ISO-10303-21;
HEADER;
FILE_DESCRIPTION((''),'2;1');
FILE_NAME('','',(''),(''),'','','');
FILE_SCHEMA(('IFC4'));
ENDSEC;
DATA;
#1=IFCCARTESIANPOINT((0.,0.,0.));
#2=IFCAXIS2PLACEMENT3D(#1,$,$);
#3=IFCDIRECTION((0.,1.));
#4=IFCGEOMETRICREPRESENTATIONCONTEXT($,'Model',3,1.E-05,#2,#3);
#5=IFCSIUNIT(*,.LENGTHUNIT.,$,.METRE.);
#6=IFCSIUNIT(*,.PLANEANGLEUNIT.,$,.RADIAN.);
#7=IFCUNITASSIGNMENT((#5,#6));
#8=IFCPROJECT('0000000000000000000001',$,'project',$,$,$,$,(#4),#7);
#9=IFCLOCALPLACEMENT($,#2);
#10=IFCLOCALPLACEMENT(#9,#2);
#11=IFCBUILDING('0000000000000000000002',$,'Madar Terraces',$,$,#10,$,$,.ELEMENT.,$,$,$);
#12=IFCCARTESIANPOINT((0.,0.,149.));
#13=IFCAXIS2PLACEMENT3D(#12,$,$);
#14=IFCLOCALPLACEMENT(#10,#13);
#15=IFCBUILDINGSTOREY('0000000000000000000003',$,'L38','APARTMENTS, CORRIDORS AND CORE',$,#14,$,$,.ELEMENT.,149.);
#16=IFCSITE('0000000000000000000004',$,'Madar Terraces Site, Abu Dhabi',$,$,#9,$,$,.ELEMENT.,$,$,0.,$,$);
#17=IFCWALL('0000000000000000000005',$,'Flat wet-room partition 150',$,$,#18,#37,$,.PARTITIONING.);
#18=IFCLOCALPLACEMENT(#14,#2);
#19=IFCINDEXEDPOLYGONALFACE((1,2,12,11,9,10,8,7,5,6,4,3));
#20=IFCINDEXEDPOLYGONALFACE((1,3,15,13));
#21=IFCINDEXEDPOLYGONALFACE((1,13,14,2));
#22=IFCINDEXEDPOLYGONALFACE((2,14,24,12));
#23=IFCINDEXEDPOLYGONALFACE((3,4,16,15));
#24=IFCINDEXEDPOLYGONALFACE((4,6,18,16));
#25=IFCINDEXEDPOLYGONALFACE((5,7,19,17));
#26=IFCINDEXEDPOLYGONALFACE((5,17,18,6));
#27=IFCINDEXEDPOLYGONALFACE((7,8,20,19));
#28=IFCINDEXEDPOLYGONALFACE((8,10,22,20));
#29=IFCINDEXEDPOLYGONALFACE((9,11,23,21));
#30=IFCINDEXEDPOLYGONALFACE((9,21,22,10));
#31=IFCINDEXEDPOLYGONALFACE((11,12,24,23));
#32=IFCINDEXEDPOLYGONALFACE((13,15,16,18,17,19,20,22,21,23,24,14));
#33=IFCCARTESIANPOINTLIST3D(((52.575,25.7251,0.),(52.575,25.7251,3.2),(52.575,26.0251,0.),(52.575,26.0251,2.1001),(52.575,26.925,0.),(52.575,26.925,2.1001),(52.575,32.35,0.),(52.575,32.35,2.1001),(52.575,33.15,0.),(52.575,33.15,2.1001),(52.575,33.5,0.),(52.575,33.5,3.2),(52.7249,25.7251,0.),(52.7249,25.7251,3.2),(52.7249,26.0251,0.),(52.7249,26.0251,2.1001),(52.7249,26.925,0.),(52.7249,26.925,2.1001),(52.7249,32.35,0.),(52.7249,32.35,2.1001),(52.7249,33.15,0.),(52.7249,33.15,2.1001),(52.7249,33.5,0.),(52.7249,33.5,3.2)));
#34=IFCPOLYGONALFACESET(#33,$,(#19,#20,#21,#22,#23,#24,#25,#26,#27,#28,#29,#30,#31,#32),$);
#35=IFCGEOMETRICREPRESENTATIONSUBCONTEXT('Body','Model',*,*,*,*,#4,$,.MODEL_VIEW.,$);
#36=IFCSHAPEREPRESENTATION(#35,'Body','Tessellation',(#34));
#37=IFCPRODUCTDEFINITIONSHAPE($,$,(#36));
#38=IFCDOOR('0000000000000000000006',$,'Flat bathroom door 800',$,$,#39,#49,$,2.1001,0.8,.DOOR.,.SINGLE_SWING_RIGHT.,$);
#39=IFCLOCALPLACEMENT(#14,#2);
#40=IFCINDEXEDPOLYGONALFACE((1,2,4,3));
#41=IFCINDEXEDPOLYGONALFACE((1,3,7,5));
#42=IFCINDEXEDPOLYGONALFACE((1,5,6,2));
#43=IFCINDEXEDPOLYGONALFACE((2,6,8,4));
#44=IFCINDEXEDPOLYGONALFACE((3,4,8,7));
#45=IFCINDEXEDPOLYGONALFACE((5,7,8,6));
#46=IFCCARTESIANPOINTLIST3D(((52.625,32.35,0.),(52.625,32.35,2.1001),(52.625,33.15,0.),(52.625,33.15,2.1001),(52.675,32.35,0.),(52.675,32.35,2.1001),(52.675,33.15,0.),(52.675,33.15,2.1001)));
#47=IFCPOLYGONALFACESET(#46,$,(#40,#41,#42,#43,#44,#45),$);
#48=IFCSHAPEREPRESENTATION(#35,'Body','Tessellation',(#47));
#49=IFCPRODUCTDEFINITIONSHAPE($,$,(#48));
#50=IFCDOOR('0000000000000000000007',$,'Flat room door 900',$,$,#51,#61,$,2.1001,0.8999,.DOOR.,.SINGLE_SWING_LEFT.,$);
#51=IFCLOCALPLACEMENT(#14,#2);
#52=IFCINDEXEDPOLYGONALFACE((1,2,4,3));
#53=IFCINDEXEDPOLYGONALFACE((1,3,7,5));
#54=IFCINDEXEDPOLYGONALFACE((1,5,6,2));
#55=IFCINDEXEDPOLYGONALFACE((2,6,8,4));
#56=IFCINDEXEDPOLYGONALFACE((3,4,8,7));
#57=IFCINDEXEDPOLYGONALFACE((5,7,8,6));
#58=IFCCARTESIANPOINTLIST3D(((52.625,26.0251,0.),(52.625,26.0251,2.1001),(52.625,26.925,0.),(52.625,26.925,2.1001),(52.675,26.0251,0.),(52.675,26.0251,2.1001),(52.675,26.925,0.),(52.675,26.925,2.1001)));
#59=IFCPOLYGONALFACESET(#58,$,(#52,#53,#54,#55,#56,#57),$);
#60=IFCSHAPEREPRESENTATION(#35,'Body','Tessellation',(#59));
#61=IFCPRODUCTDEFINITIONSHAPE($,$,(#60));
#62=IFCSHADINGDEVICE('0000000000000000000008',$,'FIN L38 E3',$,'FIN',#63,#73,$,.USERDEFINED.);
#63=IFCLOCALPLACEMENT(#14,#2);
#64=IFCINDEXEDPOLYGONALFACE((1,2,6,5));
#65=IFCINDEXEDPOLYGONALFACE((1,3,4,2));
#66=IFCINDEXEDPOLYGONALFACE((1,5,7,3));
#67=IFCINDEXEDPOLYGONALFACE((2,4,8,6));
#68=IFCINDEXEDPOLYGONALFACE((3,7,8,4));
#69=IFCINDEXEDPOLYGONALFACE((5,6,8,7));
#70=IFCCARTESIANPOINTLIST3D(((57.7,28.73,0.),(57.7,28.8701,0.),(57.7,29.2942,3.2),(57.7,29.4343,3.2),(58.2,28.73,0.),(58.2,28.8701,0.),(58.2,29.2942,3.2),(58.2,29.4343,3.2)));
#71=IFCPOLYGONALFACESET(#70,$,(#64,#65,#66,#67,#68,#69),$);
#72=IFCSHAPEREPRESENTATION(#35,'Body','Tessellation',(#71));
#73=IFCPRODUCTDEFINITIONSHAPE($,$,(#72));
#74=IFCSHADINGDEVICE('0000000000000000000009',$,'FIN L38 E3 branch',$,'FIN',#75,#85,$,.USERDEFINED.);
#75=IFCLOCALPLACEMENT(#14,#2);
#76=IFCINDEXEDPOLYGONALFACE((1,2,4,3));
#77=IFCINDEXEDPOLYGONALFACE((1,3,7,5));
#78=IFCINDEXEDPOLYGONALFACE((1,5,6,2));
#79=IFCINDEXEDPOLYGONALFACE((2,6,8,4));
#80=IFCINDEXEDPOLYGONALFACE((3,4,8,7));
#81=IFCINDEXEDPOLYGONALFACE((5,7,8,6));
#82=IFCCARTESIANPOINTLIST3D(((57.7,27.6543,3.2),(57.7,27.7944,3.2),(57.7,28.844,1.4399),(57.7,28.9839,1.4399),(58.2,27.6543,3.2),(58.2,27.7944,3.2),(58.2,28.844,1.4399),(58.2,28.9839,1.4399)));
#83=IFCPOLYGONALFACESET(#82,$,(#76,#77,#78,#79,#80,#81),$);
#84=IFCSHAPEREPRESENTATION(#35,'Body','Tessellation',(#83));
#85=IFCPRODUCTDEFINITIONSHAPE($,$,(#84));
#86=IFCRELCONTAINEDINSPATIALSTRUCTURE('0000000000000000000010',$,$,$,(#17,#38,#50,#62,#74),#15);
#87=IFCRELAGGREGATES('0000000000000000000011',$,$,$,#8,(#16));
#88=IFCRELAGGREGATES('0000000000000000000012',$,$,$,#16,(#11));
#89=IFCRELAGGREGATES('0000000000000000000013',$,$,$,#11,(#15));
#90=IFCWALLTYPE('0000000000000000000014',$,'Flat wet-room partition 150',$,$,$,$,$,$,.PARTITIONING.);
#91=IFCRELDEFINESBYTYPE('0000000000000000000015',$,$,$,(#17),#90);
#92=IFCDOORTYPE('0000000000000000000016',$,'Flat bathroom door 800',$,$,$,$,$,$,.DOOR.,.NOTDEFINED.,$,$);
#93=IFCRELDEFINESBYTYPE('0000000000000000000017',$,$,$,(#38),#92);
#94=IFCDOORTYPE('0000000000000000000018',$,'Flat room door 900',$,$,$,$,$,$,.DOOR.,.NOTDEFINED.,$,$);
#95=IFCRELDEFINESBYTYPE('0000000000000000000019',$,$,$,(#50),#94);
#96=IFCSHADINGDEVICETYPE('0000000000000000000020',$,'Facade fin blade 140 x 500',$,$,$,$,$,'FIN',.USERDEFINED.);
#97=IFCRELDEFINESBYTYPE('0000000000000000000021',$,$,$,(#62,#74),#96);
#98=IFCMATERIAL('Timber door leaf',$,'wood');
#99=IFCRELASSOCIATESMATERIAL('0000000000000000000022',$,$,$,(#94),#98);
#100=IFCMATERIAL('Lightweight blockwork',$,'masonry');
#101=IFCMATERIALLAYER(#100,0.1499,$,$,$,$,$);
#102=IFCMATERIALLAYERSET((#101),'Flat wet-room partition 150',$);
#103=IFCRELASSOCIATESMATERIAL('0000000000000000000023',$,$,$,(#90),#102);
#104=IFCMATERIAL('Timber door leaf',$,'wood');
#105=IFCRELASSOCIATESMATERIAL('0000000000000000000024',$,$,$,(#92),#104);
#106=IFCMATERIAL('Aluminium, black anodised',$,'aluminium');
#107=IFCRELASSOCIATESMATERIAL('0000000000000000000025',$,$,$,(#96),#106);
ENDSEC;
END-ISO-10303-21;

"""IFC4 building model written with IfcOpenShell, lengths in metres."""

from ifc_helpers import new_model, si_unit, direction, frame, frame_2d, origin, place, context, subcontext, project, spatial, polyline, rectangle, outline, extrude, material, layer, layer_set, type_object, element, fill, save


model = new_model("IFC4")

# Units and contexts
model_context = context("Model", 3, precision=1e-05, world=origin(), true_north=direction((0.0, 1.0)))
body_context = subcontext(model_context, "Body", "Model", "MODEL_VIEW")
ifc_project = project(units=[si_unit("LENGTHUNIT", "METRE"), si_unit("PLANEANGLEUNIT", "RADIAN")], contexts=[model_context])

# Site, building, storey
site_placement = place(None, origin())
site = spatial("IfcSite", under=ifc_project, at=site_placement, Name="Madar Terraces Site, Abu Dhabi", CompositionType="ELEMENT", RefElevation=0.0)
building_placement = place(site_placement, origin())
building = spatial("IfcBuilding", under=site, at=building_placement, Name="Madar Terraces", CompositionType="ELEMENT")
storey_placement = place(building_placement, frame((0.0, 0.0, 149.0)))
storey = spatial("IfcBuildingStorey", under=building, at=storey_placement, Name="L38", Description="APARTMENTS, CORRIDORS AND CORE", CompositionType="ELEMENT", Elevation=149.0)

# Shared definitions
ifc_material_1 = material(Name="Timber door leaf", Category="wood")
door_type_1 = type_object("IfcDoorType", Name="Flat room door 900", OperationType="NOTDEFINED", PredefinedType="DOOR", material=ifc_material_1)

# Shared definitions
ifc_material_2 = material(Name="Lightweight blockwork", Category="masonry")
ifc_layer_1 = layer(ifc_material_2, 0.1499)
ifc_layer_set_1 = layer_set([ifc_layer_1], Name="Flat wet-room partition 150")
wall_type_1 = type_object("IfcWallType", Name="Flat wet-room partition 150", PredefinedType="PARTITIONING", material=ifc_layer_set_1)

# Wall, openings, doors
wall_1_placement = place(storey_placement, frame((52.6499, 25.7251, 0.0), z_axis=(0.0, 0.0, 1.0), x_axis=(0.0, 1.0, 0.0)))
wall_1 = element("IfcWall", 1, at=wall_1_placement, inside=storey, type_object=wall_type_1, Name="Flat wet-room partition 150", PredefinedType="PARTITIONING", context=body_context, shape_type="SweptSolid", body=[
    extrude(rectangle(XDim=7.7749, YDim=0.1499, at=frame_2d((3.8875, 0.0))), origin(), (0.0, 0.0, 1.0), 3.2),
])
opening_1_placement = place(wall_1_placement, frame((0.3, 0.0, 0.0)))
opening_1 = element("IfcOpeningElement", 2, at=opening_1_placement, cuts=wall_1, PredefinedType="OPENING", context=body_context, shape_type="SweptSolid", body=[
    extrude(rectangle(XDim=0.8999, YDim=2.1001, at=frame_2d((0.45, 1.05))), frame((0.0, 0.085, 0.0), z_axis=(0.0, -1.0, 0.0), x_axis=(1.0, 0.0, 0.0)), (0.0, 0.0, 1.0), 0.1699),
])
opening_2_placement = place(wall_1_placement, frame((6.625, 0.0, 0.0)))
opening_2 = element("IfcOpeningElement", 3, at=opening_2_placement, cuts=wall_1, PredefinedType="OPENING", context=body_context, shape_type="SweptSolid", body=[
    extrude(rectangle(XDim=0.8, YDim=2.1001, at=frame_2d((0.3999, 1.05))), frame((0.0, 0.085, 0.0), z_axis=(0.0, -1.0, 0.0), x_axis=(1.0, 0.0, 0.0)), (0.0, 0.0, 1.0), 0.1699),
])
ifc_material_3 = material(Name="Timber door leaf", Category="wood")
door_type_2 = type_object("IfcDoorType", Name="Flat bathroom door 800", OperationType="NOTDEFINED", PredefinedType="DOOR", material=ifc_material_3)
door_1_placement = place(opening_2_placement, origin())
door_1 = element("IfcDoor", 4, at=door_1_placement, inside=storey, type_object=door_type_2, Name="Flat bathroom door 800", OperationType="SINGLE_SWING_RIGHT", OverallHeight=2.1001, OverallWidth=0.8, PredefinedType="DOOR", context=body_context, shape_type="SweptSolid", body=[
    extrude(rectangle(XDim=0.8, YDim=2.1001, at=frame_2d((0.3999, 1.05))), frame((0.0, 0.0249, 0.0), z_axis=(0.0, -1.0, 0.0), x_axis=(1.0, 0.0, 0.0)), (0.0, 0.0, 1.0), 0.05),
])
fill(opening_2, door_1)
door_2_placement = place(opening_1_placement, origin())
door_2 = element("IfcDoor", 5, at=door_2_placement, inside=storey, type_object=door_type_1, Name="Flat room door 900", OperationType="SINGLE_SWING_LEFT", OverallHeight=2.1001, OverallWidth=0.8999, PredefinedType="DOOR", context=body_context, shape_type="SweptSolid", body=[
    extrude(rectangle(XDim=0.8999, YDim=2.1001, at=frame_2d((0.45, 1.05))), frame((0.0, 0.0249, 0.0), z_axis=(0.0, -1.0, 0.0), x_axis=(1.0, 0.0, 0.0)), (0.0, 0.0, 1.0), 0.05),
])
fill(opening_1, door_2)

# Shading devices
ifc_material_4 = material(Name="Aluminium, black anodised", Category="aluminium")
shading_device_type = type_object("IfcShadingDeviceType", Name="Facade fin blade 140 x 500", ElementType="FIN", PredefinedType="USERDEFINED", material=ifc_material_4)
shading_device_1_placement = place(storey_placement, frame((57.95, 28.73, 0.0), z_axis=(0.0, 0.0, 1.0), x_axis=(0.0, 1.0, 0.0)))
element("IfcShadingDevice", 6, at=shading_device_1_placement, inside=storey, type_object=shading_device_type, Name="FIN L38 E3", ObjectType="FIN", PredefinedType="USERDEFINED", context=body_context, shape_type="SweptSolid", body=[
    extrude(outline(polyline([(0.0, 0.0), (0.1401, 0.0), (0.7043, 3.2), (0.5642, 3.2), (0.0, 0.0)])), frame((0.0, 0.25, 0.0), z_axis=(0.0, -1.0, 0.0), x_axis=(1.0, 0.0, 0.0)), (0.0, 0.0, 1.0), 0.5),
])
shading_device_2_placement = place(storey_placement, frame((57.95, 28.844, 1.4399), z_axis=(0.0, 0.0, 1.0), x_axis=(0.0, 1.0, 0.0)))
element("IfcShadingDevice", 7, at=shading_device_2_placement, inside=storey, type_object=shading_device_type, Name="FIN L38 E3 branch", ObjectType="FIN", PredefinedType="USERDEFINED", context=body_context, shape_type="SweptSolid", body=[
    extrude(outline(polyline([(0.0, 0.0), (0.1399, 0.0), (-1.0496, 1.76), (-1.1897, 1.76), (0.0, 0.0)])), frame((0.0, 0.25, 0.0), z_axis=(0.0, -1.0, 0.0), x_axis=(1.0, 0.0, 0.0)), (0.0, 0.0, 1.0), 0.5),
])

save(model, "model.ifc")
